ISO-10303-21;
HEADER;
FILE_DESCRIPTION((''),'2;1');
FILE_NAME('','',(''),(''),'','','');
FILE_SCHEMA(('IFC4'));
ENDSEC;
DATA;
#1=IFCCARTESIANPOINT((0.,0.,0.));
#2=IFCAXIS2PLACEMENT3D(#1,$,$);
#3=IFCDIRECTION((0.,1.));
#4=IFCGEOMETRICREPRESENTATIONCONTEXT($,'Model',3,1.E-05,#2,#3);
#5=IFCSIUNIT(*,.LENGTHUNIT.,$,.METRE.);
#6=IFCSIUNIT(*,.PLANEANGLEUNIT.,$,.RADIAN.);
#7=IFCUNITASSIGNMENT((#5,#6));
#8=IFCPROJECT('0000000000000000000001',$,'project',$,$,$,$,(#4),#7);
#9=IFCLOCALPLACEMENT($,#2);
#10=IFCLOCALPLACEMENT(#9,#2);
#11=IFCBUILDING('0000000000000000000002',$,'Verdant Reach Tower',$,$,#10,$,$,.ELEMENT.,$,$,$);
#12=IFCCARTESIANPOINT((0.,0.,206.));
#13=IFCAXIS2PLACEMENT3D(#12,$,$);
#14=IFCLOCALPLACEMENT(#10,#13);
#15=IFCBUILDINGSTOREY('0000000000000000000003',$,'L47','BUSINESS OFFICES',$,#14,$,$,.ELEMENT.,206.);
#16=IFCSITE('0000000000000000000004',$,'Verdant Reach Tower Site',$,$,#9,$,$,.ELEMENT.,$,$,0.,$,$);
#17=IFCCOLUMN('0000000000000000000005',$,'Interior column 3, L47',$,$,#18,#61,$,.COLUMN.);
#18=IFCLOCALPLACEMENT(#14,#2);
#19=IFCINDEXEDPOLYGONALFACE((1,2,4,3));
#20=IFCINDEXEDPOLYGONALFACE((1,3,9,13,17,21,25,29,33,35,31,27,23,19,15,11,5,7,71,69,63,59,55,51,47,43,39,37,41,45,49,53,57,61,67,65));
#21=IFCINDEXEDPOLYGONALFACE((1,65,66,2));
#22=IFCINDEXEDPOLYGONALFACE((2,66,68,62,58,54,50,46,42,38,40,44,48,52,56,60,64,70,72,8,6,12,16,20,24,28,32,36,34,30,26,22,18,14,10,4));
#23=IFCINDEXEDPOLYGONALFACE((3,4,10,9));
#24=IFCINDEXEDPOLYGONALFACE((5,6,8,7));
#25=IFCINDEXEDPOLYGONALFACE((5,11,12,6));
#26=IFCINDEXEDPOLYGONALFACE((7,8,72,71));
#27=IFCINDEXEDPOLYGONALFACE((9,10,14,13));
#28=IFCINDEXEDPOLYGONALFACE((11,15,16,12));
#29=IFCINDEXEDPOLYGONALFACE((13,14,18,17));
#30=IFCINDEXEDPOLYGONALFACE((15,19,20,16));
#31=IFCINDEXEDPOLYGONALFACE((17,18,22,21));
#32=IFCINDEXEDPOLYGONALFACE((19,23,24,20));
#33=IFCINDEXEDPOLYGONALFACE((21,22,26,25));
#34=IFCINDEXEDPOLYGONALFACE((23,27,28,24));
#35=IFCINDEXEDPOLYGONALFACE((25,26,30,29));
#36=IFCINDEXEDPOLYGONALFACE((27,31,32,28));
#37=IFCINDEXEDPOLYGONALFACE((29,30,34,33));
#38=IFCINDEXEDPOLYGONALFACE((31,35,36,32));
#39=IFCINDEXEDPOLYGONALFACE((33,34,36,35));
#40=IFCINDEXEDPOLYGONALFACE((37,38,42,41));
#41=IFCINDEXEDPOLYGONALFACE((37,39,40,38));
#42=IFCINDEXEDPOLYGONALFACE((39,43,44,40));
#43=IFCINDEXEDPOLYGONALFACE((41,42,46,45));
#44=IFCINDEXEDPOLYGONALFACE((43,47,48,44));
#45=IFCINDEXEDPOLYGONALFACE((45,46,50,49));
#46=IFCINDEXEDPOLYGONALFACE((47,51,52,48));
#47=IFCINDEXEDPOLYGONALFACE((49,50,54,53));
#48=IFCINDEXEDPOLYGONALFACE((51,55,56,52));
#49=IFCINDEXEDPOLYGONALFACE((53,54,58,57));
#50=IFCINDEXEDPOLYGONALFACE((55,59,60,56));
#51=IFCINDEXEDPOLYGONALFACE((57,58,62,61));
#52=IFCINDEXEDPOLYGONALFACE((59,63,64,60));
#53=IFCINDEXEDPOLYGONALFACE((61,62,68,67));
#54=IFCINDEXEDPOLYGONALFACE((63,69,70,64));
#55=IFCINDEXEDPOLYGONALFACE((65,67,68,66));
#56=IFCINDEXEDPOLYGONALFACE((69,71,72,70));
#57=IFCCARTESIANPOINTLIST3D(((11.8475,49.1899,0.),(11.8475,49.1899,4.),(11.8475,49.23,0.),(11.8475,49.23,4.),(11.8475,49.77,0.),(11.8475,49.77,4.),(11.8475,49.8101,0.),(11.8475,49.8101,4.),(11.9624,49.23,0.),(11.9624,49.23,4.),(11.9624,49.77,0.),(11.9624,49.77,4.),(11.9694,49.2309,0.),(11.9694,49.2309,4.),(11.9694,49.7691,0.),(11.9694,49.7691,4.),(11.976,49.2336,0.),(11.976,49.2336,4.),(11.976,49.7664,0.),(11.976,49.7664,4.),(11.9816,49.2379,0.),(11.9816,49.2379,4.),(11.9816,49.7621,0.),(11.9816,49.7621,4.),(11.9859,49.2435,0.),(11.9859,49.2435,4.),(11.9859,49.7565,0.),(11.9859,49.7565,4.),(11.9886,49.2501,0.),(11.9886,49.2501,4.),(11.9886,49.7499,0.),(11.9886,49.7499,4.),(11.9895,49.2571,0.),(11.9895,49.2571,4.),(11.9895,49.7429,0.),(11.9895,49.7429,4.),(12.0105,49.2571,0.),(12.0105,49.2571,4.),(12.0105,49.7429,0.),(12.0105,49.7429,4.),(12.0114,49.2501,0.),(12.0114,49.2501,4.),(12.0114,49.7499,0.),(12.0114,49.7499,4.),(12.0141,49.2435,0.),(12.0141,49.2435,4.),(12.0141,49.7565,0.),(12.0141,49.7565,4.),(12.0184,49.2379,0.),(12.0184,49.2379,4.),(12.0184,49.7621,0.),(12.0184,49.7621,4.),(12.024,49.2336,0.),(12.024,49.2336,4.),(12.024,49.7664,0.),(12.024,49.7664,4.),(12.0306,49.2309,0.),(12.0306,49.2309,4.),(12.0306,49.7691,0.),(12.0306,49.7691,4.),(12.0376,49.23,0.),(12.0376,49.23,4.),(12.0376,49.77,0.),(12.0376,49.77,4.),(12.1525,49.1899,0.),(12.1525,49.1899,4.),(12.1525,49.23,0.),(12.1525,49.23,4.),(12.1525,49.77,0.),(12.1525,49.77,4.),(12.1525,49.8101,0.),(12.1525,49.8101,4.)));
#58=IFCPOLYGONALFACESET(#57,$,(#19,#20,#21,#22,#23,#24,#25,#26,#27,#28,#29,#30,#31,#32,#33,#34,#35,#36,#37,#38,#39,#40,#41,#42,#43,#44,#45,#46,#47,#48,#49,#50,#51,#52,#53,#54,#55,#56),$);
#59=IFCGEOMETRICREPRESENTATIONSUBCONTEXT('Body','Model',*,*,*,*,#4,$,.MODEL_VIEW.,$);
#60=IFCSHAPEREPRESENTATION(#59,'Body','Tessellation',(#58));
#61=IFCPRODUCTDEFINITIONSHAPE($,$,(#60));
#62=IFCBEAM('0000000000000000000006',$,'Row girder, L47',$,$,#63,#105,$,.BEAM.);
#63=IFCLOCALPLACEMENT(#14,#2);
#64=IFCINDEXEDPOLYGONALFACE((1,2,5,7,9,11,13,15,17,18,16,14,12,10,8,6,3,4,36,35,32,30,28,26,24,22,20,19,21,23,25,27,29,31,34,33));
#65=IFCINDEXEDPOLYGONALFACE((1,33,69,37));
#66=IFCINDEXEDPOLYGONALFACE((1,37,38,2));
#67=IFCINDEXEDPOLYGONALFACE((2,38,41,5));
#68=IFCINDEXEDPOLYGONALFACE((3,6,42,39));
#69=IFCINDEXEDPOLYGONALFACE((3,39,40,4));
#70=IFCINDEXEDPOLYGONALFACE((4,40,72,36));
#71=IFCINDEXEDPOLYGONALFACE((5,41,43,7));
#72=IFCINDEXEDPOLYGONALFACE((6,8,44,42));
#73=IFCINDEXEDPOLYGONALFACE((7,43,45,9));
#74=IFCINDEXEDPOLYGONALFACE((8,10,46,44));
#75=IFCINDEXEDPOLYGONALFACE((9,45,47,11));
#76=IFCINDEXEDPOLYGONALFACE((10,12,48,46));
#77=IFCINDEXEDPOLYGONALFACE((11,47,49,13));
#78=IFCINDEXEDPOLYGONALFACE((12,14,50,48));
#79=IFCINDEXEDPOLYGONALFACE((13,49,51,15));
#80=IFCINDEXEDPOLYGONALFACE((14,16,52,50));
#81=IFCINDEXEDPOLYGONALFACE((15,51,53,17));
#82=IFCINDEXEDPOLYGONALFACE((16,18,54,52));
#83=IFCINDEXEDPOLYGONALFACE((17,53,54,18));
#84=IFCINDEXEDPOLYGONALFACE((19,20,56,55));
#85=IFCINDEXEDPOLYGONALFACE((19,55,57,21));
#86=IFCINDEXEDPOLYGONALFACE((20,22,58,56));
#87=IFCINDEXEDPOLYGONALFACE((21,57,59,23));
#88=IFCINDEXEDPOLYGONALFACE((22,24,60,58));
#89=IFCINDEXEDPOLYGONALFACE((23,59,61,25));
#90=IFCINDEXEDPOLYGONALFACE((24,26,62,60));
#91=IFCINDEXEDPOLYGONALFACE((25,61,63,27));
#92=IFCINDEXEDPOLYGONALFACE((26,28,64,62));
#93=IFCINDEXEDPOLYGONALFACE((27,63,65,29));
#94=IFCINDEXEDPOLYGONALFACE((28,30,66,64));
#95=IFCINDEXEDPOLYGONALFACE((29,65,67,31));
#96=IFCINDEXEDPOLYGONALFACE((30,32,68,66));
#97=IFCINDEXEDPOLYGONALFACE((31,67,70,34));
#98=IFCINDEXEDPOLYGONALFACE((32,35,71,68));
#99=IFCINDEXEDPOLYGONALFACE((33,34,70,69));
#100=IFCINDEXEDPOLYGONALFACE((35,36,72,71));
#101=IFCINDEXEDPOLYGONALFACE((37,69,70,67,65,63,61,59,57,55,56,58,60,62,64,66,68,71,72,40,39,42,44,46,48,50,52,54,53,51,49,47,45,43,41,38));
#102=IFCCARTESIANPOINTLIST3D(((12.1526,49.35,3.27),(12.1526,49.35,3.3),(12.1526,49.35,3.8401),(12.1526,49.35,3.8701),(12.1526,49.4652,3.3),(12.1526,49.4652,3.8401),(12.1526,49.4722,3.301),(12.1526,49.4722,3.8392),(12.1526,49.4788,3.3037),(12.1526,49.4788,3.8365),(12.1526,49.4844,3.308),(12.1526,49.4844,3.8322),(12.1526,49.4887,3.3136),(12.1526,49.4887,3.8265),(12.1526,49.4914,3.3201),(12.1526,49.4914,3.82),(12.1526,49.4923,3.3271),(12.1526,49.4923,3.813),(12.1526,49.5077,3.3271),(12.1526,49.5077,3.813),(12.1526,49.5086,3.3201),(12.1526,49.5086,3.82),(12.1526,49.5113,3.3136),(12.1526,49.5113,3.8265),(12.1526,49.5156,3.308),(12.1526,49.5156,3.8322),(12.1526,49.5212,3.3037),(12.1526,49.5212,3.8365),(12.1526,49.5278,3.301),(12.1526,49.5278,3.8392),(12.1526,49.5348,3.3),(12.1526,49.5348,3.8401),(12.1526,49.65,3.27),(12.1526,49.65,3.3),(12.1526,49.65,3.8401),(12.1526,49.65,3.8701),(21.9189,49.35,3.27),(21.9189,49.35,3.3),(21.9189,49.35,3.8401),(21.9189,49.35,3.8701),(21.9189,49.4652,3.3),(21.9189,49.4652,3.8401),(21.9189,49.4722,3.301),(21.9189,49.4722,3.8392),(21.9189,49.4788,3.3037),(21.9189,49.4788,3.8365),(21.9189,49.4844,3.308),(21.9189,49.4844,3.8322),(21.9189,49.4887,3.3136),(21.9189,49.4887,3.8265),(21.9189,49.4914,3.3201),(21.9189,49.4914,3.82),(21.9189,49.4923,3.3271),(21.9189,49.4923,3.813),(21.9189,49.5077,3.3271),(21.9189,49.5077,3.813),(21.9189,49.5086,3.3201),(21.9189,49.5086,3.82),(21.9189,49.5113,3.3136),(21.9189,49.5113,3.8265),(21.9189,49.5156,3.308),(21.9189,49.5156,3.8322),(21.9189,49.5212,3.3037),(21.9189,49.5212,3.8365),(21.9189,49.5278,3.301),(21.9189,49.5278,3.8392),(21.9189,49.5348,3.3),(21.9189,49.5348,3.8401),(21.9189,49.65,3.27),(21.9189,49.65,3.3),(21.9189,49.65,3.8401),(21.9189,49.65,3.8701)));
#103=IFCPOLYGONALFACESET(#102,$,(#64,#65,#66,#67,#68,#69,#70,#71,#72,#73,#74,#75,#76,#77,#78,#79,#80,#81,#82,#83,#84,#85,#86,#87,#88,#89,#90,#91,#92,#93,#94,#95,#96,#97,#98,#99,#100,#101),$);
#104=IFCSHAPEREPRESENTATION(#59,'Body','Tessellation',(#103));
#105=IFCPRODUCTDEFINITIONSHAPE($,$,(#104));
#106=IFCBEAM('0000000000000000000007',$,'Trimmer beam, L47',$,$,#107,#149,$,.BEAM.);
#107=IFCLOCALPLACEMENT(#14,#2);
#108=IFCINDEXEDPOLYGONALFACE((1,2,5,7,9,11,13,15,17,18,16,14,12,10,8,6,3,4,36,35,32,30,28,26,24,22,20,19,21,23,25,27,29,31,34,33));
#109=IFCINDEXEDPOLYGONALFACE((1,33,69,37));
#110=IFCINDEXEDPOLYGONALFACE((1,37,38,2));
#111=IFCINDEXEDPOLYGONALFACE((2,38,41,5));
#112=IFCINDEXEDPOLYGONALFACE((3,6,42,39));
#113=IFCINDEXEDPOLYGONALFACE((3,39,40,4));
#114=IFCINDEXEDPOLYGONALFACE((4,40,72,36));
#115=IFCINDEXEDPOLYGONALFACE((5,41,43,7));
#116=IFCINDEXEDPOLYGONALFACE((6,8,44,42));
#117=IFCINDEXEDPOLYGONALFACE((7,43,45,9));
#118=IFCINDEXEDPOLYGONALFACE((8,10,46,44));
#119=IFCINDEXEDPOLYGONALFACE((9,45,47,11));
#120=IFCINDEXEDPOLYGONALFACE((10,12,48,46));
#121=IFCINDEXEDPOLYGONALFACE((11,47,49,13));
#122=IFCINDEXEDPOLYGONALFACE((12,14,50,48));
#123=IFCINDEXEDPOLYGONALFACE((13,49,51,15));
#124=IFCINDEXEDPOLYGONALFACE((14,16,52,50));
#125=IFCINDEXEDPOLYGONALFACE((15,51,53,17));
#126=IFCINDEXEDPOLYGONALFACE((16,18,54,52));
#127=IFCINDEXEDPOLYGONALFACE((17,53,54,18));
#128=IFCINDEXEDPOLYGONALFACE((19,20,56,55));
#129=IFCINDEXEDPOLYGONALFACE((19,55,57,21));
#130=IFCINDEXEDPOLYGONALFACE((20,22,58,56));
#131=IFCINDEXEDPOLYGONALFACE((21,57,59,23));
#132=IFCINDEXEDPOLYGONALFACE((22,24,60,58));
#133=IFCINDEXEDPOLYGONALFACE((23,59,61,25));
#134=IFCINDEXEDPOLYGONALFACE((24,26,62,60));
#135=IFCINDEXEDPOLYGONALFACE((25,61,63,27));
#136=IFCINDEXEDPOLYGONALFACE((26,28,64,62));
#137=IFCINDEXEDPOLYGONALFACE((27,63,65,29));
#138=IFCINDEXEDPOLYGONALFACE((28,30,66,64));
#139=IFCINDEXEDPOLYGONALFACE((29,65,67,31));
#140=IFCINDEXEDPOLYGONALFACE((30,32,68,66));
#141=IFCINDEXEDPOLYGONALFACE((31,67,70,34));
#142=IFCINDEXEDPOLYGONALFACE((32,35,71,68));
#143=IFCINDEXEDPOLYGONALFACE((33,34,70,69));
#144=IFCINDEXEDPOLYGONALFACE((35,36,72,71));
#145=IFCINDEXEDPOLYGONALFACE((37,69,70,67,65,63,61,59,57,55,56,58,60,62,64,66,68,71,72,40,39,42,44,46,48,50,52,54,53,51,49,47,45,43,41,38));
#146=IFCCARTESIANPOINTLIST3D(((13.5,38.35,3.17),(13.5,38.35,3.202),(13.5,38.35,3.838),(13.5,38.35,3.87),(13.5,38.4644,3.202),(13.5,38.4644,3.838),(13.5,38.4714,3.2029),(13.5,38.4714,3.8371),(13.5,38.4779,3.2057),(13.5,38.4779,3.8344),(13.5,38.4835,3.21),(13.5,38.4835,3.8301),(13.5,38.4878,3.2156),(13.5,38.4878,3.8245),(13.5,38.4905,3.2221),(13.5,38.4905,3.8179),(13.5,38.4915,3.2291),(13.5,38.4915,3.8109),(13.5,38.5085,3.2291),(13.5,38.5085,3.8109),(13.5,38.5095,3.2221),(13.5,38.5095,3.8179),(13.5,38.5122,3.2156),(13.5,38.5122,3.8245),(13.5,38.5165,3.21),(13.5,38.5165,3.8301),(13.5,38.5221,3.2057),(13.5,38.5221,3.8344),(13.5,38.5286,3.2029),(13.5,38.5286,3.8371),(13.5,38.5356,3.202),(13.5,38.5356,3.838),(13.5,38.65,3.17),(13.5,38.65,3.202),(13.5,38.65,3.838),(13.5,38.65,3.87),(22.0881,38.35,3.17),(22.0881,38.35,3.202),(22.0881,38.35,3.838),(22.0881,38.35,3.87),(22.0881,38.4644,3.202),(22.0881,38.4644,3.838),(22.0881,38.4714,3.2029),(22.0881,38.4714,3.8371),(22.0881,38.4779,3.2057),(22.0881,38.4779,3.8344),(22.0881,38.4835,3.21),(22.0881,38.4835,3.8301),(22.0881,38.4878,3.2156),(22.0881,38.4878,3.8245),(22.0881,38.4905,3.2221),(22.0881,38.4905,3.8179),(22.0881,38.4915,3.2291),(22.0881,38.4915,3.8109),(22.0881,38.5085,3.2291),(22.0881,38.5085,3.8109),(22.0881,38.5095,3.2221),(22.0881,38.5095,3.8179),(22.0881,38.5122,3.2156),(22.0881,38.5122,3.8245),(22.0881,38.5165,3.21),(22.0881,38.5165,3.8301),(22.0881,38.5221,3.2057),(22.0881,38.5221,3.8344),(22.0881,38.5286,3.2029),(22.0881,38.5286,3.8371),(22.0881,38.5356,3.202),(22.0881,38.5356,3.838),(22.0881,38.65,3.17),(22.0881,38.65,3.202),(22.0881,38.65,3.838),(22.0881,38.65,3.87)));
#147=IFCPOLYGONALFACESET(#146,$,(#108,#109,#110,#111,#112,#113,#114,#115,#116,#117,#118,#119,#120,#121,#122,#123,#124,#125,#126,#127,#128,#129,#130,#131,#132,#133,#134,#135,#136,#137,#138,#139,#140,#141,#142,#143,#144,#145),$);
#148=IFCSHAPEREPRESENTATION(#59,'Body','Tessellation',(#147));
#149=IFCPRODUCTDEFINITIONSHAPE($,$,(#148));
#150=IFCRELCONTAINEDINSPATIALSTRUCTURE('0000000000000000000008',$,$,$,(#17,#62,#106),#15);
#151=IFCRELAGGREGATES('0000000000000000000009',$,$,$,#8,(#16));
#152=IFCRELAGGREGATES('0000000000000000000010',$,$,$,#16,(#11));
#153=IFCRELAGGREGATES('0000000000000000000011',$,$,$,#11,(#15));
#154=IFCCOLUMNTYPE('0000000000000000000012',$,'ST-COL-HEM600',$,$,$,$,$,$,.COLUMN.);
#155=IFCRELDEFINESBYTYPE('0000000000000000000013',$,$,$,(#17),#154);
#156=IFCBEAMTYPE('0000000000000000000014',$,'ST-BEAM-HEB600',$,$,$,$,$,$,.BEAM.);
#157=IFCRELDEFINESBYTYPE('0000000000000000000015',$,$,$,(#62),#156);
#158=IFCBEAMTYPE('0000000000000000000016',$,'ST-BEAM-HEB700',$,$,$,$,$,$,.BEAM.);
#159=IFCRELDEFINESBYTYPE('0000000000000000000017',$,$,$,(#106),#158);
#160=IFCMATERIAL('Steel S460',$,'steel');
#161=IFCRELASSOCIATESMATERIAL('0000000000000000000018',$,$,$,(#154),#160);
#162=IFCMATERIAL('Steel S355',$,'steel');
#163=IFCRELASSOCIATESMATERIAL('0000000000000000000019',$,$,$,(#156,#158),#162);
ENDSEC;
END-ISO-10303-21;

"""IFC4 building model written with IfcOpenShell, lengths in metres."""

from ifc_helpers import new_model, si_unit, direction, frame, origin, origin_2d, place, context, subcontext, project, spatial, i_section, extrude, material, material_profile, profile_set, type_object, element, save


model = new_model("IFC4")

# Units and contexts
model_context = context("Model", 3, precision=1e-05, world=origin(), true_north=direction((0.0, 1.0)))
body_context = subcontext(model_context, "Body", "Model", "MODEL_VIEW")
ifc_project = project(units=[si_unit("LENGTHUNIT", "METRE"), si_unit("PLANEANGLEUNIT", "RADIAN")], contexts=[model_context])

# Site, building, storey
site_placement = place(None, origin())
site = spatial("IfcSite", under=ifc_project, at=site_placement, Name="Verdant Reach Tower Site", CompositionType="ELEMENT", RefElevation=0.0)
building_placement = place(site_placement, origin())
building = spatial("IfcBuilding", under=site, at=building_placement, Name="Verdant Reach Tower", CompositionType="ELEMENT")
storey_placement = place(building_placement, frame((0.0, 0.0, 206.0)))
storey = spatial("IfcBuildingStorey", under=building, at=storey_placement, Name="L47", Description="BUSINESS OFFICES", CompositionType="ELEMENT", Elevation=206.0)

# Column
ifc_material_1 = material(Name="Steel S460", Category="steel")
ifc_material_profile_1 = material_profile(ifc_material_1, i_section(OverallWidth=0.3049, OverallDepth=0.6201, WebThickness=0.021, FlangeThickness=0.04, FilletRadius=0.0271, at=origin_2d()), Name="HEM 600")
ifc_profile_set_1 = profile_set([ifc_material_profile_1], Name="Steel S460")
column_type = type_object("IfcColumnType", Name="ST-COL-HEM600", PredefinedType="COLUMN", material=ifc_profile_set_1)
column_placement = place(storey_placement, frame((12.0, 49.5, 0.0), z_axis=(0.0, 0.0, 1.0), x_axis=(1.0, 0.0, 0.0)))
element("IfcColumn", 1, at=column_placement, inside=storey, type_object=column_type, Name="Interior column 3, L47", PredefinedType="COLUMN", context=body_context, shape_type="SweptSolid", body=[
    extrude(i_section(OverallWidth=0.3049, OverallDepth=0.6201, WebThickness=0.021, FlangeThickness=0.04, FilletRadius=0.0271, at=origin_2d()), origin(), (0.0, 0.0, 1.0), 4.0),
])

# Beams
ifc_material_2 = material(Name="Steel S355", Category="steel")
ifc_material_profile_2 = material_profile(ifc_material_2, i_section(OverallWidth=0.3, OverallDepth=0.6001, WebThickness=0.0154, FlangeThickness=0.03, FilletRadius=0.0271, at=origin_2d()), Name="HEB 600")
ifc_profile_set_2 = profile_set([ifc_material_profile_2], Name="Steel S355")
beam_type_1 = type_object("IfcBeamType", Name="ST-BEAM-HEB600", PredefinedType="BEAM", material=ifc_profile_set_2)
beam_1_placement = place(storey_placement, frame((12.1526, 49.5, 3.5701), z_axis=(1.0, 0.0, 0.0), x_axis=(0.0, 1.0, 0.0)))
element("IfcBeam", 2, at=beam_1_placement, inside=storey, type_object=beam_type_1, Name="Row girder, L47", PredefinedType="BEAM", context=body_context, shape_type="SweptSolid", body=[
    extrude(i_section(OverallWidth=0.3, OverallDepth=0.6001, WebThickness=0.0154, FlangeThickness=0.03, FilletRadius=0.0271, at=origin_2d()), origin(), (0.0, 0.0, 1.0), 9.7664),
])
ifc_material_profile_3 = material_profile(ifc_material_2, i_section(OverallWidth=0.3, OverallDepth=0.7, WebThickness=0.0171, FlangeThickness=0.032, FilletRadius=0.0271, at=origin_2d()), Name="HEB 700")
ifc_profile_set_3 = profile_set([ifc_material_profile_3], Name="Steel S355")
beam_type_2 = type_object("IfcBeamType", Name="ST-BEAM-HEB700", PredefinedType="BEAM", material=ifc_profile_set_3)
beam_2_placement = place(storey_placement, frame((13.5, 38.5, 3.52), z_axis=(1.0, 0.0, 0.0), x_axis=(0.0, 1.0, 0.0)))
element("IfcBeam", 3, at=beam_2_placement, inside=storey, type_object=beam_type_2, Name="Trimmer beam, L47", PredefinedType="BEAM", context=body_context, shape_type="SweptSolid", body=[
    extrude(i_section(OverallWidth=0.3, OverallDepth=0.7, WebThickness=0.0171, FlangeThickness=0.032, FilletRadius=0.0271, at=origin_2d()), origin(), (0.0, 0.0, 1.0), 8.5881),
])

save(model, "model.ifc")
